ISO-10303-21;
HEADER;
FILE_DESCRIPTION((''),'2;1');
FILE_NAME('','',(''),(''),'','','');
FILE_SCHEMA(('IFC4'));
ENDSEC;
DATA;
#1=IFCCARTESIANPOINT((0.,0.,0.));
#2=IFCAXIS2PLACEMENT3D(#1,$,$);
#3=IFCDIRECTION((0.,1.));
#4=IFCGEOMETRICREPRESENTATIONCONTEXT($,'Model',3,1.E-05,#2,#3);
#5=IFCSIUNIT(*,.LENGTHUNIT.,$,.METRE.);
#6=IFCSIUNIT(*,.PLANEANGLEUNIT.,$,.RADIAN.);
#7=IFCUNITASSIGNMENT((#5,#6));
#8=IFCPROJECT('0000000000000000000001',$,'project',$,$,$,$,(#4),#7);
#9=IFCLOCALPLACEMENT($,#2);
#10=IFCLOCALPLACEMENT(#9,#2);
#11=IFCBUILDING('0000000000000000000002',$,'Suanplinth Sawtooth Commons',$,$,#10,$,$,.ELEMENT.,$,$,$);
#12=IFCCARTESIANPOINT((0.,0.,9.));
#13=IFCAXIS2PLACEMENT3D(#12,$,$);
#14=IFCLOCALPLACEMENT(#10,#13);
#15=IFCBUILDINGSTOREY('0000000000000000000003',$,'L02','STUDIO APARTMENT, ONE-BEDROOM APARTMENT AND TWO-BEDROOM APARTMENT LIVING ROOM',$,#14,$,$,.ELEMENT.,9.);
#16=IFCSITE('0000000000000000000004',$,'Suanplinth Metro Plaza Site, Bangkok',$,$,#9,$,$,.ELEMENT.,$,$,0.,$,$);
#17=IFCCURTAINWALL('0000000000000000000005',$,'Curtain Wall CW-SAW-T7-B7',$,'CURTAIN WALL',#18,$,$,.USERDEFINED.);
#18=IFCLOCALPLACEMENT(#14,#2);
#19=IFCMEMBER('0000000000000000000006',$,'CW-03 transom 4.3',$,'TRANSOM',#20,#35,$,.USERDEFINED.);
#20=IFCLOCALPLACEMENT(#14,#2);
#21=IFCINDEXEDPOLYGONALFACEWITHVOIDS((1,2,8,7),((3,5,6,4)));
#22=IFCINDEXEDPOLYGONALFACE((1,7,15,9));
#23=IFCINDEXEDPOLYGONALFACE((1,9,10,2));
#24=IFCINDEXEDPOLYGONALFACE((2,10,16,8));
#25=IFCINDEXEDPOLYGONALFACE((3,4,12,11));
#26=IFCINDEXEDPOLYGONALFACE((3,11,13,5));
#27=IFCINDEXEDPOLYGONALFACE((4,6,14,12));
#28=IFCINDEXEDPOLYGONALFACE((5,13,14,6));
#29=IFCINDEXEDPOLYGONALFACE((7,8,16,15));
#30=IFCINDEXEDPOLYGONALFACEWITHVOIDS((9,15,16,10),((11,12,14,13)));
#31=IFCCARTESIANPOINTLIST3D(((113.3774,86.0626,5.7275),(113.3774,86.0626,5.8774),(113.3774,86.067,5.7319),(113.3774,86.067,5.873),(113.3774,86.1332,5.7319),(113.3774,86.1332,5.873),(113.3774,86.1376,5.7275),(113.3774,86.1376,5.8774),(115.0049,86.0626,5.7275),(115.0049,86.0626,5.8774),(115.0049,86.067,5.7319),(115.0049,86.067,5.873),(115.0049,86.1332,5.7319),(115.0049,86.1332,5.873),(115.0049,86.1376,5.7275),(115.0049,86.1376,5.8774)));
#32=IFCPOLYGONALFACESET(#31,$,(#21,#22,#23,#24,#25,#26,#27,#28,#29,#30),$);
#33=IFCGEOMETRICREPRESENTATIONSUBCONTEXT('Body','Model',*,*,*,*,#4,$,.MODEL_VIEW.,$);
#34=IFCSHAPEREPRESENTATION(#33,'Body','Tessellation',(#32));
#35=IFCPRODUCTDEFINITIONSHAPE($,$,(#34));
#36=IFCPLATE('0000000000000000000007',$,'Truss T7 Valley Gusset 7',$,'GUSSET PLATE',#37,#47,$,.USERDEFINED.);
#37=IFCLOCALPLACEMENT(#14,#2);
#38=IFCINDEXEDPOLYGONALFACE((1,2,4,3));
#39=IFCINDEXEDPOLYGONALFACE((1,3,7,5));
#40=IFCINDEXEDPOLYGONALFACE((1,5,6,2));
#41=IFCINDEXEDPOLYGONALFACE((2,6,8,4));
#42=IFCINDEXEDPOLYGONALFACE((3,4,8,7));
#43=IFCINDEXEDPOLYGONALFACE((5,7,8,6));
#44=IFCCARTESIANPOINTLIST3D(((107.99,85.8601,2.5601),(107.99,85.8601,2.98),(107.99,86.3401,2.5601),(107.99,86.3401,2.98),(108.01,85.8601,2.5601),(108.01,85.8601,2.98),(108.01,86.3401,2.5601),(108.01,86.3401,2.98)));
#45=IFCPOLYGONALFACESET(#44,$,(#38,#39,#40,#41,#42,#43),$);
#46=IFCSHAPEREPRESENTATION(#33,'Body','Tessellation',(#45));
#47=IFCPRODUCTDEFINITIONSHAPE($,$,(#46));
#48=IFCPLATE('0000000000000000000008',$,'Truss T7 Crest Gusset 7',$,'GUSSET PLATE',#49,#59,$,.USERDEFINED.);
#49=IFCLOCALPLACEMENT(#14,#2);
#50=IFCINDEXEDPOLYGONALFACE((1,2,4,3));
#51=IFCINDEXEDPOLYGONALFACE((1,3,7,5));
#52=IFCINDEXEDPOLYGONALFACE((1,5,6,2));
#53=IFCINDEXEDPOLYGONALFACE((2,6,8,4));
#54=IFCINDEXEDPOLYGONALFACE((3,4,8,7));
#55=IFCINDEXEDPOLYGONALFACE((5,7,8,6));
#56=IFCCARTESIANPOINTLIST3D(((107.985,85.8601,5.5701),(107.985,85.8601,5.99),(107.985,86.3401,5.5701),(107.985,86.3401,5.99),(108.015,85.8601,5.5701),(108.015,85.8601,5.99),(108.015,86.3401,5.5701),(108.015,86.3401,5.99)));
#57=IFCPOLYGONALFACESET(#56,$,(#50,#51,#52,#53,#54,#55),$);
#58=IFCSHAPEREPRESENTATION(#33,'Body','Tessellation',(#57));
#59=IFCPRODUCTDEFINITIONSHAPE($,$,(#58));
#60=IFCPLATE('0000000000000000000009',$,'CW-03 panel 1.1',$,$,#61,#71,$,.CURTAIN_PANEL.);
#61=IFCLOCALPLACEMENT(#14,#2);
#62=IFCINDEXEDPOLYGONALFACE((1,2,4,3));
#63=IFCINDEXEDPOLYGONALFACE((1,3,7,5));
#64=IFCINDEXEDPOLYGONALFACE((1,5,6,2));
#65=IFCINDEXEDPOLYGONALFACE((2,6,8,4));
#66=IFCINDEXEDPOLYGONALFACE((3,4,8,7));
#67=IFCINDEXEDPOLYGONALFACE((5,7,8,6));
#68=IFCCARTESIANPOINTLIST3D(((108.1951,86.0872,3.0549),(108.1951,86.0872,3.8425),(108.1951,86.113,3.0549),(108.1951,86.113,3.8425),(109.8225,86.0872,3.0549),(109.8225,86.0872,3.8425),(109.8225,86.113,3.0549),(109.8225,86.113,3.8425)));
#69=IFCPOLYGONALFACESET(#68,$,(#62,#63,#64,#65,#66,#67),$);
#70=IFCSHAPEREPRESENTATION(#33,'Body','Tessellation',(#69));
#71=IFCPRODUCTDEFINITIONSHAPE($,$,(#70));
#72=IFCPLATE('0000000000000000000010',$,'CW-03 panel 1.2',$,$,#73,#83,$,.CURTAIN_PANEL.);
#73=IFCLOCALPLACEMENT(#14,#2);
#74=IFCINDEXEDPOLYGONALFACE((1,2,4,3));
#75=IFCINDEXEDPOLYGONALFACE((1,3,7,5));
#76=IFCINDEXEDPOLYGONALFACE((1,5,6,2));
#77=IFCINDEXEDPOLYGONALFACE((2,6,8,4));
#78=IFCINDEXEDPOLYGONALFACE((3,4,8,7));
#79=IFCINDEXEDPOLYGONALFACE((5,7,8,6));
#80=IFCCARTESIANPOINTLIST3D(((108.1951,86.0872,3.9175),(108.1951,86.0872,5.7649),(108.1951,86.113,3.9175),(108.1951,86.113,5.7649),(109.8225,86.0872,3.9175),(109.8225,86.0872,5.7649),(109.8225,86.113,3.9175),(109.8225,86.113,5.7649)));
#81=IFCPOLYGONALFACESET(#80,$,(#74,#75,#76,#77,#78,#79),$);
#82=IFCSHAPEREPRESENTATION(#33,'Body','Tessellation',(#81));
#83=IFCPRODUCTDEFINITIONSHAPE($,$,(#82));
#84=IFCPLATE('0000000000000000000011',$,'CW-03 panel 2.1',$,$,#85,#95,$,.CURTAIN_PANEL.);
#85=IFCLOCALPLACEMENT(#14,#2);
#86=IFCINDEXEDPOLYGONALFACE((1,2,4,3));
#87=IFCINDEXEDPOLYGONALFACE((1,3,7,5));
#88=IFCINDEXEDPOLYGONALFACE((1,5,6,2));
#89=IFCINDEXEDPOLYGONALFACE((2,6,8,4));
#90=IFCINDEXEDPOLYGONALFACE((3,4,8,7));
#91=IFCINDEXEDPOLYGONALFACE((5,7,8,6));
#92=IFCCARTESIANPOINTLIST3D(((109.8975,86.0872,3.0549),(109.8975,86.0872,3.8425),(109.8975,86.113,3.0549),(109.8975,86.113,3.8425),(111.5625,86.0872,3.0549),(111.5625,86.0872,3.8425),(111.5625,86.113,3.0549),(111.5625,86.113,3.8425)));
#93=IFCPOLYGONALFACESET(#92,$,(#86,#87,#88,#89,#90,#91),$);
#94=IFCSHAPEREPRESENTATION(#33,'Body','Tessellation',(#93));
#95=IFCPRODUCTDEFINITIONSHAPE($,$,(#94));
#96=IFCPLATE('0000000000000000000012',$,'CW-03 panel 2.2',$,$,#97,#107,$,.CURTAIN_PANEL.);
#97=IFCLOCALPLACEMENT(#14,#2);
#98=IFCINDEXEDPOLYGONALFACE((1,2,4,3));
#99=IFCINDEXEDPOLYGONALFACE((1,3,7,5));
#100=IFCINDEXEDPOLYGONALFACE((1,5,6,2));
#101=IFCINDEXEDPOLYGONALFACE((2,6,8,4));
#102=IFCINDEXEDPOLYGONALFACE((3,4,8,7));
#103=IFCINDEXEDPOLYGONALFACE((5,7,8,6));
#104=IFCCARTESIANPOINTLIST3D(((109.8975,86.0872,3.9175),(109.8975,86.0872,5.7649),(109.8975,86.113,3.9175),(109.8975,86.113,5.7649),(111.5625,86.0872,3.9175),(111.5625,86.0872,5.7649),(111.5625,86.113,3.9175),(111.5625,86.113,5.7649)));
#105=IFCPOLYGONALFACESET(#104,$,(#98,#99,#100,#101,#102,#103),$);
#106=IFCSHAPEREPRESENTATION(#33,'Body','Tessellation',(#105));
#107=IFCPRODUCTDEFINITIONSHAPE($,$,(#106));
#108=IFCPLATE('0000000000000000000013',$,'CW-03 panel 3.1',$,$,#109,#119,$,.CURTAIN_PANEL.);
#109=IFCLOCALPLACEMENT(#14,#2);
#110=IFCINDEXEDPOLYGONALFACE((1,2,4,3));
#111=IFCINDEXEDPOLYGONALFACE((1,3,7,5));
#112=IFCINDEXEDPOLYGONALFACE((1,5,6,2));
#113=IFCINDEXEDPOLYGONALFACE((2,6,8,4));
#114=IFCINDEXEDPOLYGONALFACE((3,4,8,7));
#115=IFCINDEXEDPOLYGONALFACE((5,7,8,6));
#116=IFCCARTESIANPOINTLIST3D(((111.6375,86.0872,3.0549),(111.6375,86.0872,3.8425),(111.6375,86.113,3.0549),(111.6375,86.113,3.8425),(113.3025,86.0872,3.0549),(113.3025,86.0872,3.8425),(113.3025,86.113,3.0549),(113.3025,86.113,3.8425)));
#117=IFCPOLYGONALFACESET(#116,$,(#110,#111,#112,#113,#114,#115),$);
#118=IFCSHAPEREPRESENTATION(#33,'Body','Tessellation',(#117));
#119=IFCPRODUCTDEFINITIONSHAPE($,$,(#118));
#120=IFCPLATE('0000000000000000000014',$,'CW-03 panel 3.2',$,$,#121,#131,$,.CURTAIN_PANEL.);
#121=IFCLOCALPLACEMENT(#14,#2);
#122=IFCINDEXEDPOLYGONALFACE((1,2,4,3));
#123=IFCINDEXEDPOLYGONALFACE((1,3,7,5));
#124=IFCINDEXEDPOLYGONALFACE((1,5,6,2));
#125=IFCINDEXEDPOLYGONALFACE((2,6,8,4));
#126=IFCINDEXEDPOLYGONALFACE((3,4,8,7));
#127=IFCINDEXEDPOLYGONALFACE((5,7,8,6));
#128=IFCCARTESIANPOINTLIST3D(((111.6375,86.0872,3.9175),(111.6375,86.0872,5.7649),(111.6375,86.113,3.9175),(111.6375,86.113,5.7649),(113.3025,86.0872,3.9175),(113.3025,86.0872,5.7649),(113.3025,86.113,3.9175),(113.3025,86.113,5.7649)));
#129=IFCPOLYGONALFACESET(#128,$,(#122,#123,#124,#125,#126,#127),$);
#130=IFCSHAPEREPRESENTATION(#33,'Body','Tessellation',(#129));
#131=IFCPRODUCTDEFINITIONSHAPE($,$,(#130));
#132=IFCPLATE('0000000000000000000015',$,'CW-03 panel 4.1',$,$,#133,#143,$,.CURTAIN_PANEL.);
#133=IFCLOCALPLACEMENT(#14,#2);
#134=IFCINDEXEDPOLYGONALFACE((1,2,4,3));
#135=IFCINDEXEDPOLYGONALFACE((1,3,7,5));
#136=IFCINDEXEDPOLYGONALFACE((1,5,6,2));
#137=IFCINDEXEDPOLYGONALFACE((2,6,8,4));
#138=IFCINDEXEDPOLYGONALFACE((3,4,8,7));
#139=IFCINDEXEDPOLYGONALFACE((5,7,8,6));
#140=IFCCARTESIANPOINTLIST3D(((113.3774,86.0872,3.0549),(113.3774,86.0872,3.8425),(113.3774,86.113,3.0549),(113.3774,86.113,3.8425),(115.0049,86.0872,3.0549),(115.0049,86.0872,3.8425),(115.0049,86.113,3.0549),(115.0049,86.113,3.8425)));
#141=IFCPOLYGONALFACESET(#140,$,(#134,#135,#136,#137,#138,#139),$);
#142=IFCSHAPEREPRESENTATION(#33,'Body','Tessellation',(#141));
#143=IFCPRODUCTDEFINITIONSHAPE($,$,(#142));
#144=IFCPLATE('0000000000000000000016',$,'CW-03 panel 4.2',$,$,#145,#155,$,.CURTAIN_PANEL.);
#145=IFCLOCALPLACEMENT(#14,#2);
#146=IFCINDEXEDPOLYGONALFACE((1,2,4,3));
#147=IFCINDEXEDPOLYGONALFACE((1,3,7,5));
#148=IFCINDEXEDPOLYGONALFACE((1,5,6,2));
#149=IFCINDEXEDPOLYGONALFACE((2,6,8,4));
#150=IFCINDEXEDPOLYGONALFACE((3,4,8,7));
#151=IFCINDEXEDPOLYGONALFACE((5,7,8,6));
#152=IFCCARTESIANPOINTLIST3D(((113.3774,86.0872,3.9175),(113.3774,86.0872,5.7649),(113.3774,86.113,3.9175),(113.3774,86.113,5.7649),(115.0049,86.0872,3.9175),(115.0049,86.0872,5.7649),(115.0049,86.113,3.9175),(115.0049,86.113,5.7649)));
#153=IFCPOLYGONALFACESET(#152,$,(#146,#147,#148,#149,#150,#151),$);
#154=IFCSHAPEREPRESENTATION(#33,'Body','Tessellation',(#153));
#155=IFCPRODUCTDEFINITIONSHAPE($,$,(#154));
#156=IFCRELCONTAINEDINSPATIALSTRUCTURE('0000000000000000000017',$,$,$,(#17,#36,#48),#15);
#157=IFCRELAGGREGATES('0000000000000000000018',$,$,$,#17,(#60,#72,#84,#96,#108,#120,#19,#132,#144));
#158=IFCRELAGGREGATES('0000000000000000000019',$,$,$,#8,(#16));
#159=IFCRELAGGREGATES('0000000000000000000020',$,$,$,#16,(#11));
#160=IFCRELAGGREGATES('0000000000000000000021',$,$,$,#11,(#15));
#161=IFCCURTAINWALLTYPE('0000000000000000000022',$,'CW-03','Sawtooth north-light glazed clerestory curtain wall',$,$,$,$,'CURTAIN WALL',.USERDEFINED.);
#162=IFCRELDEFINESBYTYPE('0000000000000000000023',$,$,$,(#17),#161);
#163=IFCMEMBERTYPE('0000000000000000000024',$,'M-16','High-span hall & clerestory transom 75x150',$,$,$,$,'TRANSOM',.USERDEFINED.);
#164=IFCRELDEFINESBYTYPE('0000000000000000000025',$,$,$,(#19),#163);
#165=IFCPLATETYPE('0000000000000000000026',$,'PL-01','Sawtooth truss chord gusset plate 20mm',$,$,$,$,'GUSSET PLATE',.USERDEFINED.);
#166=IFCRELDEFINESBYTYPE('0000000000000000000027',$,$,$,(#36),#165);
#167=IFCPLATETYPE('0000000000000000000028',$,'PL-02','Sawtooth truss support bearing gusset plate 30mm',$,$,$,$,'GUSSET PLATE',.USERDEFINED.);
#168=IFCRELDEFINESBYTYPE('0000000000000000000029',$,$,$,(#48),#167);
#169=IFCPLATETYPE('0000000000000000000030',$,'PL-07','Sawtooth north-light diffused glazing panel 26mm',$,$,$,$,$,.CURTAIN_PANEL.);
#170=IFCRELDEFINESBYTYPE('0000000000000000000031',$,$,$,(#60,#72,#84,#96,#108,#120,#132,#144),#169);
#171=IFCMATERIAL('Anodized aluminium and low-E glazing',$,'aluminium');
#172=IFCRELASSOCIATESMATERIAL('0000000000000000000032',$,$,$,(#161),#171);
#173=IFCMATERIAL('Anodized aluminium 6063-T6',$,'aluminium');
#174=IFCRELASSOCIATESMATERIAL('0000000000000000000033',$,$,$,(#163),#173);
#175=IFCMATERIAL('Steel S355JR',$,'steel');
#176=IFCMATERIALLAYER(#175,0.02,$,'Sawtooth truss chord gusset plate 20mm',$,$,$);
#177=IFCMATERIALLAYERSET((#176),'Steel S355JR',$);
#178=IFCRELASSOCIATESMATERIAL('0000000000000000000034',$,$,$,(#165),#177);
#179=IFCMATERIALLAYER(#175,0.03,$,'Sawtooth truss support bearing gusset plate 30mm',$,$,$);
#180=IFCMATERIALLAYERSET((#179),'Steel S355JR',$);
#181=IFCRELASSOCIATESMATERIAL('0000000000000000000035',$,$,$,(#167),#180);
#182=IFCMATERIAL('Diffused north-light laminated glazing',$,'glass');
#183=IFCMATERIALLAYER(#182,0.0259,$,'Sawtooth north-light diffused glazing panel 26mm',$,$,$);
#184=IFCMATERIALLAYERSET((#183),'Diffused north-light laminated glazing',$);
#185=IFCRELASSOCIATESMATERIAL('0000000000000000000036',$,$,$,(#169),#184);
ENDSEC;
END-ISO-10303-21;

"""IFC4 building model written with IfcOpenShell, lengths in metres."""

from ifc_helpers import new_model, si_unit, direction, frame, origin, origin_2d, place, context, subcontext, project, spatial, rectangle, hollow_rectangle, extrude, material, layer, layer_set, material_profile, profile_set, type_object, element, aggregate, save


model = new_model("IFC4")

# Units and contexts
model_context = context("Model", 3, precision=1e-05, world=origin(), true_north=direction((0.0, 1.0)))
body_context = subcontext(model_context, "Body", "Model", "MODEL_VIEW")
ifc_project = project(units=[si_unit("LENGTHUNIT", "METRE"), si_unit("PLANEANGLEUNIT", "RADIAN")], contexts=[model_context])

# Site, building, storey
site_placement = place(None, origin())
site = spatial("IfcSite", under=ifc_project, at=site_placement, Name="Suanplinth Metro Plaza Site, Bangkok", CompositionType="ELEMENT", RefElevation=0.0)
building_placement = place(site_placement, origin())
building = spatial("IfcBuilding", under=site, at=building_placement, Name="Suanplinth Sawtooth Commons", CompositionType="ELEMENT")
storey_placement = place(building_placement, frame((0.0, 0.0, 9.0)))
storey = spatial("IfcBuildingStorey", under=building, at=storey_placement, Name="L02", Description="STUDIO APARTMENT, ONE-BEDROOM APARTMENT AND TWO-BEDROOM APARTMENT LIVING ROOM", CompositionType="ELEMENT", Elevation=9.0)

# Shared definitions
ifc_material_1 = material(Name="Steel S355JR", Category="steel")

# Curtain wall, member
ifc_material_2 = material(Name="Anodized aluminium and low-E glazing", Category="aluminium")
curtain_wall_type = type_object("IfcCurtainWallType", Name="CW-03", Description="Sawtooth north-light glazed clerestory curtain wall", ElementType="CURTAIN WALL", PredefinedType="USERDEFINED", material=ifc_material_2)
curtain_wall_placement = place(storey_placement, origin())
curtain_wall = element("IfcCurtainWall", 1, at=curtain_wall_placement, inside=storey, type_object=curtain_wall_type, Name="Curtain Wall CW-SAW-T7-B7", ObjectType="CURTAIN WALL", PredefinedType="USERDEFINED")
ifc_material_3 = material(Name="Anodized aluminium 6063-T6", Category="aluminium")
ifc_material_profile_1 = material_profile(ifc_material_3, hollow_rectangle(XDim=0.075, YDim=0.1499, WallThickness=0.0044, at=origin_2d()), Name="ALU-TRN 75x150")
ifc_profile_set_1 = profile_set([ifc_material_profile_1], Name="Anodized aluminium 6063-T6")
member_type_1 = type_object("IfcMemberType", Name="M-16", Description="High-span hall & clerestory transom 75x150", ElementType="TRANSOM", PredefinedType="USERDEFINED", material=ifc_profile_set_1)
member_1_placement = place(storey_placement, frame((113.3774, 86.1001, 5.8025), z_axis=(1.0, 0.0, 0.0), x_axis=(0.0, 1.0, 0.0)))
member_1 = element("IfcMember", 2, at=member_1_placement, type_object=member_type_1, Name="CW-03 transom 4.3", ObjectType="TRANSOM", PredefinedType="USERDEFINED", context=body_context, shape_type="SweptSolid", body=[
    extrude(hollow_rectangle(XDim=0.075, YDim=0.1499, WallThickness=0.0044, at=origin_2d()), origin(), (0.0, 0.0, 1.0), 1.6274),
])

# Plates
ifc_layer_1 = layer(ifc_material_1, 0.02, Name="Sawtooth truss chord gusset plate 20mm")
ifc_layer_set_1 = layer_set([ifc_layer_1], Name="Steel S355JR")
plate_type_1 = type_object("IfcPlateType", Name="PL-01", Description="Sawtooth truss chord gusset plate 20mm", ElementType="GUSSET PLATE", PredefinedType="USERDEFINED", material=ifc_layer_set_1)
plate_1_placement = place(storey_placement, frame((108.0, 86.1001, 2.5601), z_axis=(0.0, 0.0, 1.0), x_axis=(1.0, 0.0, 0.0)))
element("IfcPlate", 3, at=plate_1_placement, inside=storey, type_object=plate_type_1, Name="Truss T7 Valley Gusset 7", ObjectType="GUSSET PLATE", PredefinedType="USERDEFINED", context=body_context, shape_type="SweptSolid", body=[
    extrude(rectangle(XDim=0.02, YDim=0.48, at=origin_2d()), origin(), (0.0, 0.0, 1.0), 0.4199),
])
ifc_layer_2 = layer(ifc_material_1, 0.03, Name="Sawtooth truss support bearing gusset plate 30mm")
ifc_layer_set_2 = layer_set([ifc_layer_2], Name="Steel S355JR")
plate_type_2 = type_object("IfcPlateType", Name="PL-02", Description="Sawtooth truss support bearing gusset plate 30mm", ElementType="GUSSET PLATE", PredefinedType="USERDEFINED", material=ifc_layer_set_2)
plate_2_placement = place(storey_placement, frame((108.0, 86.1001, 5.5701), z_axis=(0.0, 0.0, 1.0), x_axis=(1.0, 0.0, 0.0)))
element("IfcPlate", 4, at=plate_2_placement, inside=storey, type_object=plate_type_2, Name="Truss T7 Crest Gusset 7", ObjectType="GUSSET PLATE", PredefinedType="USERDEFINED", context=body_context, shape_type="SweptSolid", body=[
    extrude(rectangle(XDim=0.03, YDim=0.48, at=origin_2d()), origin(), (0.0, 0.0, 1.0), 0.4199),
])

# Plates
ifc_material_4 = material(Name="Diffused north-light laminated glazing", Category="glass")
ifc_layer_3 = layer(ifc_material_4, 0.0259, Name="Sawtooth north-light diffused glazing panel 26mm")
ifc_layer_set_3 = layer_set([ifc_layer_3], Name="Diffused north-light laminated glazing")
plate_type_3 = type_object("IfcPlateType", Name="PL-07", Description="Sawtooth north-light diffused glazing panel 26mm", PredefinedType="CURTAIN_PANEL", material=ifc_layer_set_3)
plate_3_placement = place(storey_placement, frame((109.0088, 86.1001, 3.0549), z_axis=(0.0, 0.0, 1.0), x_axis=(1.0, 0.0, 0.0)))
plate_3 = element("IfcPlate", 5, at=plate_3_placement, type_object=plate_type_3, Name="CW-03 panel 1.1", PredefinedType="CURTAIN_PANEL", context=body_context, shape_type="SweptSolid", body=[
    extrude(rectangle(XDim=1.6274, YDim=0.0259, at=origin_2d()), origin(), (0.0, 0.0, 1.0), 0.7876),
])
plate_4_placement = place(storey_placement, frame((109.0088, 86.1001, 3.9175), z_axis=(0.0, 0.0, 1.0), x_axis=(1.0, 0.0, 0.0)))
plate_4 = element("IfcPlate", 6, at=plate_4_placement, type_object=plate_type_3, Name="CW-03 panel 1.2", PredefinedType="CURTAIN_PANEL", context=body_context, shape_type="SweptSolid", body=[
    extrude(rectangle(XDim=1.6274, YDim=0.0259, at=origin_2d()), origin(), (0.0, 0.0, 1.0), 1.8474),
])
plate_5_placement = place(storey_placement, frame((110.73, 86.1001, 3.0549), z_axis=(0.0, 0.0, 1.0), x_axis=(1.0, 0.0, 0.0)))
plate_5 = element("IfcPlate", 7, at=plate_5_placement, type_object=plate_type_3, Name="CW-03 panel 2.1", PredefinedType="CURTAIN_PANEL", context=body_context, shape_type="SweptSolid", body=[
    extrude(rectangle(XDim=1.665, YDim=0.0259, at=origin_2d()), origin(), (0.0, 0.0, 1.0), 0.7876),
])
plate_6_placement = place(storey_placement, frame((110.73, 86.1001, 3.9175), z_axis=(0.0, 0.0, 1.0), x_axis=(1.0, 0.0, 0.0)))
plate_6 = element("IfcPlate", 8, at=plate_6_placement, type_object=plate_type_3, Name="CW-03 panel 2.2", PredefinedType="CURTAIN_PANEL", context=body_context, shape_type="SweptSolid", body=[
    extrude(rectangle(XDim=1.665, YDim=0.0259, at=origin_2d()), origin(), (0.0, 0.0, 1.0), 1.8474),
])
plate_7_placement = place(storey_placement, frame((112.47, 86.1001, 3.0549), z_axis=(0.0, 0.0, 1.0), x_axis=(1.0, 0.0, 0.0)))
plate_7 = element("IfcPlate", 9, at=plate_7_placement, type_object=plate_type_3, Name="CW-03 panel 3.1", PredefinedType="CURTAIN_PANEL", context=body_context, shape_type="SweptSolid", body=[
    extrude(rectangle(XDim=1.665, YDim=0.0259, at=origin_2d()), origin(), (0.0, 0.0, 1.0), 0.7876),
])
plate_8_placement = place(storey_placement, frame((112.47, 86.1001, 3.9175), z_axis=(0.0, 0.0, 1.0), x_axis=(1.0, 0.0, 0.0)))
plate_8 = element("IfcPlate", 10, at=plate_8_placement, type_object=plate_type_3, Name="CW-03 panel 3.2", PredefinedType="CURTAIN_PANEL", context=body_context, shape_type="SweptSolid", body=[
    extrude(rectangle(XDim=1.665, YDim=0.0259, at=origin_2d()), origin(), (0.0, 0.0, 1.0), 1.8474),
])
plate_9_placement = place(storey_placement, frame((114.1912, 86.1001, 3.0549), z_axis=(0.0, 0.0, 1.0), x_axis=(1.0, 0.0, 0.0)))
plate_9 = element("IfcPlate", 11, at=plate_9_placement, type_object=plate_type_3, Name="CW-03 panel 4.1", PredefinedType="CURTAIN_PANEL", context=body_context, shape_type="SweptSolid", body=[
    extrude(rectangle(XDim=1.6274, YDim=0.0259, at=origin_2d()), origin(), (0.0, 0.0, 1.0), 0.7876),
])
plate_10_placement = place(storey_placement, frame((114.1912, 86.1001, 3.9175), z_axis=(0.0, 0.0, 1.0), x_axis=(1.0, 0.0, 0.0)))
plate_10 = element("IfcPlate", 12, at=plate_10_placement, type_object=plate_type_3, Name="CW-03 panel 4.2", PredefinedType="CURTAIN_PANEL", context=body_context, shape_type="SweptSolid", body=[
    extrude(rectangle(XDim=1.6274, YDim=0.0259, at=origin_2d()), origin(), (0.0, 0.0, 1.0), 1.8474),
])
aggregate(curtain_wall, [plate_3, plate_4, plate_5, plate_6, plate_7, plate_8, member_1, plate_9, plate_10])

save(model, "model.ifc")
